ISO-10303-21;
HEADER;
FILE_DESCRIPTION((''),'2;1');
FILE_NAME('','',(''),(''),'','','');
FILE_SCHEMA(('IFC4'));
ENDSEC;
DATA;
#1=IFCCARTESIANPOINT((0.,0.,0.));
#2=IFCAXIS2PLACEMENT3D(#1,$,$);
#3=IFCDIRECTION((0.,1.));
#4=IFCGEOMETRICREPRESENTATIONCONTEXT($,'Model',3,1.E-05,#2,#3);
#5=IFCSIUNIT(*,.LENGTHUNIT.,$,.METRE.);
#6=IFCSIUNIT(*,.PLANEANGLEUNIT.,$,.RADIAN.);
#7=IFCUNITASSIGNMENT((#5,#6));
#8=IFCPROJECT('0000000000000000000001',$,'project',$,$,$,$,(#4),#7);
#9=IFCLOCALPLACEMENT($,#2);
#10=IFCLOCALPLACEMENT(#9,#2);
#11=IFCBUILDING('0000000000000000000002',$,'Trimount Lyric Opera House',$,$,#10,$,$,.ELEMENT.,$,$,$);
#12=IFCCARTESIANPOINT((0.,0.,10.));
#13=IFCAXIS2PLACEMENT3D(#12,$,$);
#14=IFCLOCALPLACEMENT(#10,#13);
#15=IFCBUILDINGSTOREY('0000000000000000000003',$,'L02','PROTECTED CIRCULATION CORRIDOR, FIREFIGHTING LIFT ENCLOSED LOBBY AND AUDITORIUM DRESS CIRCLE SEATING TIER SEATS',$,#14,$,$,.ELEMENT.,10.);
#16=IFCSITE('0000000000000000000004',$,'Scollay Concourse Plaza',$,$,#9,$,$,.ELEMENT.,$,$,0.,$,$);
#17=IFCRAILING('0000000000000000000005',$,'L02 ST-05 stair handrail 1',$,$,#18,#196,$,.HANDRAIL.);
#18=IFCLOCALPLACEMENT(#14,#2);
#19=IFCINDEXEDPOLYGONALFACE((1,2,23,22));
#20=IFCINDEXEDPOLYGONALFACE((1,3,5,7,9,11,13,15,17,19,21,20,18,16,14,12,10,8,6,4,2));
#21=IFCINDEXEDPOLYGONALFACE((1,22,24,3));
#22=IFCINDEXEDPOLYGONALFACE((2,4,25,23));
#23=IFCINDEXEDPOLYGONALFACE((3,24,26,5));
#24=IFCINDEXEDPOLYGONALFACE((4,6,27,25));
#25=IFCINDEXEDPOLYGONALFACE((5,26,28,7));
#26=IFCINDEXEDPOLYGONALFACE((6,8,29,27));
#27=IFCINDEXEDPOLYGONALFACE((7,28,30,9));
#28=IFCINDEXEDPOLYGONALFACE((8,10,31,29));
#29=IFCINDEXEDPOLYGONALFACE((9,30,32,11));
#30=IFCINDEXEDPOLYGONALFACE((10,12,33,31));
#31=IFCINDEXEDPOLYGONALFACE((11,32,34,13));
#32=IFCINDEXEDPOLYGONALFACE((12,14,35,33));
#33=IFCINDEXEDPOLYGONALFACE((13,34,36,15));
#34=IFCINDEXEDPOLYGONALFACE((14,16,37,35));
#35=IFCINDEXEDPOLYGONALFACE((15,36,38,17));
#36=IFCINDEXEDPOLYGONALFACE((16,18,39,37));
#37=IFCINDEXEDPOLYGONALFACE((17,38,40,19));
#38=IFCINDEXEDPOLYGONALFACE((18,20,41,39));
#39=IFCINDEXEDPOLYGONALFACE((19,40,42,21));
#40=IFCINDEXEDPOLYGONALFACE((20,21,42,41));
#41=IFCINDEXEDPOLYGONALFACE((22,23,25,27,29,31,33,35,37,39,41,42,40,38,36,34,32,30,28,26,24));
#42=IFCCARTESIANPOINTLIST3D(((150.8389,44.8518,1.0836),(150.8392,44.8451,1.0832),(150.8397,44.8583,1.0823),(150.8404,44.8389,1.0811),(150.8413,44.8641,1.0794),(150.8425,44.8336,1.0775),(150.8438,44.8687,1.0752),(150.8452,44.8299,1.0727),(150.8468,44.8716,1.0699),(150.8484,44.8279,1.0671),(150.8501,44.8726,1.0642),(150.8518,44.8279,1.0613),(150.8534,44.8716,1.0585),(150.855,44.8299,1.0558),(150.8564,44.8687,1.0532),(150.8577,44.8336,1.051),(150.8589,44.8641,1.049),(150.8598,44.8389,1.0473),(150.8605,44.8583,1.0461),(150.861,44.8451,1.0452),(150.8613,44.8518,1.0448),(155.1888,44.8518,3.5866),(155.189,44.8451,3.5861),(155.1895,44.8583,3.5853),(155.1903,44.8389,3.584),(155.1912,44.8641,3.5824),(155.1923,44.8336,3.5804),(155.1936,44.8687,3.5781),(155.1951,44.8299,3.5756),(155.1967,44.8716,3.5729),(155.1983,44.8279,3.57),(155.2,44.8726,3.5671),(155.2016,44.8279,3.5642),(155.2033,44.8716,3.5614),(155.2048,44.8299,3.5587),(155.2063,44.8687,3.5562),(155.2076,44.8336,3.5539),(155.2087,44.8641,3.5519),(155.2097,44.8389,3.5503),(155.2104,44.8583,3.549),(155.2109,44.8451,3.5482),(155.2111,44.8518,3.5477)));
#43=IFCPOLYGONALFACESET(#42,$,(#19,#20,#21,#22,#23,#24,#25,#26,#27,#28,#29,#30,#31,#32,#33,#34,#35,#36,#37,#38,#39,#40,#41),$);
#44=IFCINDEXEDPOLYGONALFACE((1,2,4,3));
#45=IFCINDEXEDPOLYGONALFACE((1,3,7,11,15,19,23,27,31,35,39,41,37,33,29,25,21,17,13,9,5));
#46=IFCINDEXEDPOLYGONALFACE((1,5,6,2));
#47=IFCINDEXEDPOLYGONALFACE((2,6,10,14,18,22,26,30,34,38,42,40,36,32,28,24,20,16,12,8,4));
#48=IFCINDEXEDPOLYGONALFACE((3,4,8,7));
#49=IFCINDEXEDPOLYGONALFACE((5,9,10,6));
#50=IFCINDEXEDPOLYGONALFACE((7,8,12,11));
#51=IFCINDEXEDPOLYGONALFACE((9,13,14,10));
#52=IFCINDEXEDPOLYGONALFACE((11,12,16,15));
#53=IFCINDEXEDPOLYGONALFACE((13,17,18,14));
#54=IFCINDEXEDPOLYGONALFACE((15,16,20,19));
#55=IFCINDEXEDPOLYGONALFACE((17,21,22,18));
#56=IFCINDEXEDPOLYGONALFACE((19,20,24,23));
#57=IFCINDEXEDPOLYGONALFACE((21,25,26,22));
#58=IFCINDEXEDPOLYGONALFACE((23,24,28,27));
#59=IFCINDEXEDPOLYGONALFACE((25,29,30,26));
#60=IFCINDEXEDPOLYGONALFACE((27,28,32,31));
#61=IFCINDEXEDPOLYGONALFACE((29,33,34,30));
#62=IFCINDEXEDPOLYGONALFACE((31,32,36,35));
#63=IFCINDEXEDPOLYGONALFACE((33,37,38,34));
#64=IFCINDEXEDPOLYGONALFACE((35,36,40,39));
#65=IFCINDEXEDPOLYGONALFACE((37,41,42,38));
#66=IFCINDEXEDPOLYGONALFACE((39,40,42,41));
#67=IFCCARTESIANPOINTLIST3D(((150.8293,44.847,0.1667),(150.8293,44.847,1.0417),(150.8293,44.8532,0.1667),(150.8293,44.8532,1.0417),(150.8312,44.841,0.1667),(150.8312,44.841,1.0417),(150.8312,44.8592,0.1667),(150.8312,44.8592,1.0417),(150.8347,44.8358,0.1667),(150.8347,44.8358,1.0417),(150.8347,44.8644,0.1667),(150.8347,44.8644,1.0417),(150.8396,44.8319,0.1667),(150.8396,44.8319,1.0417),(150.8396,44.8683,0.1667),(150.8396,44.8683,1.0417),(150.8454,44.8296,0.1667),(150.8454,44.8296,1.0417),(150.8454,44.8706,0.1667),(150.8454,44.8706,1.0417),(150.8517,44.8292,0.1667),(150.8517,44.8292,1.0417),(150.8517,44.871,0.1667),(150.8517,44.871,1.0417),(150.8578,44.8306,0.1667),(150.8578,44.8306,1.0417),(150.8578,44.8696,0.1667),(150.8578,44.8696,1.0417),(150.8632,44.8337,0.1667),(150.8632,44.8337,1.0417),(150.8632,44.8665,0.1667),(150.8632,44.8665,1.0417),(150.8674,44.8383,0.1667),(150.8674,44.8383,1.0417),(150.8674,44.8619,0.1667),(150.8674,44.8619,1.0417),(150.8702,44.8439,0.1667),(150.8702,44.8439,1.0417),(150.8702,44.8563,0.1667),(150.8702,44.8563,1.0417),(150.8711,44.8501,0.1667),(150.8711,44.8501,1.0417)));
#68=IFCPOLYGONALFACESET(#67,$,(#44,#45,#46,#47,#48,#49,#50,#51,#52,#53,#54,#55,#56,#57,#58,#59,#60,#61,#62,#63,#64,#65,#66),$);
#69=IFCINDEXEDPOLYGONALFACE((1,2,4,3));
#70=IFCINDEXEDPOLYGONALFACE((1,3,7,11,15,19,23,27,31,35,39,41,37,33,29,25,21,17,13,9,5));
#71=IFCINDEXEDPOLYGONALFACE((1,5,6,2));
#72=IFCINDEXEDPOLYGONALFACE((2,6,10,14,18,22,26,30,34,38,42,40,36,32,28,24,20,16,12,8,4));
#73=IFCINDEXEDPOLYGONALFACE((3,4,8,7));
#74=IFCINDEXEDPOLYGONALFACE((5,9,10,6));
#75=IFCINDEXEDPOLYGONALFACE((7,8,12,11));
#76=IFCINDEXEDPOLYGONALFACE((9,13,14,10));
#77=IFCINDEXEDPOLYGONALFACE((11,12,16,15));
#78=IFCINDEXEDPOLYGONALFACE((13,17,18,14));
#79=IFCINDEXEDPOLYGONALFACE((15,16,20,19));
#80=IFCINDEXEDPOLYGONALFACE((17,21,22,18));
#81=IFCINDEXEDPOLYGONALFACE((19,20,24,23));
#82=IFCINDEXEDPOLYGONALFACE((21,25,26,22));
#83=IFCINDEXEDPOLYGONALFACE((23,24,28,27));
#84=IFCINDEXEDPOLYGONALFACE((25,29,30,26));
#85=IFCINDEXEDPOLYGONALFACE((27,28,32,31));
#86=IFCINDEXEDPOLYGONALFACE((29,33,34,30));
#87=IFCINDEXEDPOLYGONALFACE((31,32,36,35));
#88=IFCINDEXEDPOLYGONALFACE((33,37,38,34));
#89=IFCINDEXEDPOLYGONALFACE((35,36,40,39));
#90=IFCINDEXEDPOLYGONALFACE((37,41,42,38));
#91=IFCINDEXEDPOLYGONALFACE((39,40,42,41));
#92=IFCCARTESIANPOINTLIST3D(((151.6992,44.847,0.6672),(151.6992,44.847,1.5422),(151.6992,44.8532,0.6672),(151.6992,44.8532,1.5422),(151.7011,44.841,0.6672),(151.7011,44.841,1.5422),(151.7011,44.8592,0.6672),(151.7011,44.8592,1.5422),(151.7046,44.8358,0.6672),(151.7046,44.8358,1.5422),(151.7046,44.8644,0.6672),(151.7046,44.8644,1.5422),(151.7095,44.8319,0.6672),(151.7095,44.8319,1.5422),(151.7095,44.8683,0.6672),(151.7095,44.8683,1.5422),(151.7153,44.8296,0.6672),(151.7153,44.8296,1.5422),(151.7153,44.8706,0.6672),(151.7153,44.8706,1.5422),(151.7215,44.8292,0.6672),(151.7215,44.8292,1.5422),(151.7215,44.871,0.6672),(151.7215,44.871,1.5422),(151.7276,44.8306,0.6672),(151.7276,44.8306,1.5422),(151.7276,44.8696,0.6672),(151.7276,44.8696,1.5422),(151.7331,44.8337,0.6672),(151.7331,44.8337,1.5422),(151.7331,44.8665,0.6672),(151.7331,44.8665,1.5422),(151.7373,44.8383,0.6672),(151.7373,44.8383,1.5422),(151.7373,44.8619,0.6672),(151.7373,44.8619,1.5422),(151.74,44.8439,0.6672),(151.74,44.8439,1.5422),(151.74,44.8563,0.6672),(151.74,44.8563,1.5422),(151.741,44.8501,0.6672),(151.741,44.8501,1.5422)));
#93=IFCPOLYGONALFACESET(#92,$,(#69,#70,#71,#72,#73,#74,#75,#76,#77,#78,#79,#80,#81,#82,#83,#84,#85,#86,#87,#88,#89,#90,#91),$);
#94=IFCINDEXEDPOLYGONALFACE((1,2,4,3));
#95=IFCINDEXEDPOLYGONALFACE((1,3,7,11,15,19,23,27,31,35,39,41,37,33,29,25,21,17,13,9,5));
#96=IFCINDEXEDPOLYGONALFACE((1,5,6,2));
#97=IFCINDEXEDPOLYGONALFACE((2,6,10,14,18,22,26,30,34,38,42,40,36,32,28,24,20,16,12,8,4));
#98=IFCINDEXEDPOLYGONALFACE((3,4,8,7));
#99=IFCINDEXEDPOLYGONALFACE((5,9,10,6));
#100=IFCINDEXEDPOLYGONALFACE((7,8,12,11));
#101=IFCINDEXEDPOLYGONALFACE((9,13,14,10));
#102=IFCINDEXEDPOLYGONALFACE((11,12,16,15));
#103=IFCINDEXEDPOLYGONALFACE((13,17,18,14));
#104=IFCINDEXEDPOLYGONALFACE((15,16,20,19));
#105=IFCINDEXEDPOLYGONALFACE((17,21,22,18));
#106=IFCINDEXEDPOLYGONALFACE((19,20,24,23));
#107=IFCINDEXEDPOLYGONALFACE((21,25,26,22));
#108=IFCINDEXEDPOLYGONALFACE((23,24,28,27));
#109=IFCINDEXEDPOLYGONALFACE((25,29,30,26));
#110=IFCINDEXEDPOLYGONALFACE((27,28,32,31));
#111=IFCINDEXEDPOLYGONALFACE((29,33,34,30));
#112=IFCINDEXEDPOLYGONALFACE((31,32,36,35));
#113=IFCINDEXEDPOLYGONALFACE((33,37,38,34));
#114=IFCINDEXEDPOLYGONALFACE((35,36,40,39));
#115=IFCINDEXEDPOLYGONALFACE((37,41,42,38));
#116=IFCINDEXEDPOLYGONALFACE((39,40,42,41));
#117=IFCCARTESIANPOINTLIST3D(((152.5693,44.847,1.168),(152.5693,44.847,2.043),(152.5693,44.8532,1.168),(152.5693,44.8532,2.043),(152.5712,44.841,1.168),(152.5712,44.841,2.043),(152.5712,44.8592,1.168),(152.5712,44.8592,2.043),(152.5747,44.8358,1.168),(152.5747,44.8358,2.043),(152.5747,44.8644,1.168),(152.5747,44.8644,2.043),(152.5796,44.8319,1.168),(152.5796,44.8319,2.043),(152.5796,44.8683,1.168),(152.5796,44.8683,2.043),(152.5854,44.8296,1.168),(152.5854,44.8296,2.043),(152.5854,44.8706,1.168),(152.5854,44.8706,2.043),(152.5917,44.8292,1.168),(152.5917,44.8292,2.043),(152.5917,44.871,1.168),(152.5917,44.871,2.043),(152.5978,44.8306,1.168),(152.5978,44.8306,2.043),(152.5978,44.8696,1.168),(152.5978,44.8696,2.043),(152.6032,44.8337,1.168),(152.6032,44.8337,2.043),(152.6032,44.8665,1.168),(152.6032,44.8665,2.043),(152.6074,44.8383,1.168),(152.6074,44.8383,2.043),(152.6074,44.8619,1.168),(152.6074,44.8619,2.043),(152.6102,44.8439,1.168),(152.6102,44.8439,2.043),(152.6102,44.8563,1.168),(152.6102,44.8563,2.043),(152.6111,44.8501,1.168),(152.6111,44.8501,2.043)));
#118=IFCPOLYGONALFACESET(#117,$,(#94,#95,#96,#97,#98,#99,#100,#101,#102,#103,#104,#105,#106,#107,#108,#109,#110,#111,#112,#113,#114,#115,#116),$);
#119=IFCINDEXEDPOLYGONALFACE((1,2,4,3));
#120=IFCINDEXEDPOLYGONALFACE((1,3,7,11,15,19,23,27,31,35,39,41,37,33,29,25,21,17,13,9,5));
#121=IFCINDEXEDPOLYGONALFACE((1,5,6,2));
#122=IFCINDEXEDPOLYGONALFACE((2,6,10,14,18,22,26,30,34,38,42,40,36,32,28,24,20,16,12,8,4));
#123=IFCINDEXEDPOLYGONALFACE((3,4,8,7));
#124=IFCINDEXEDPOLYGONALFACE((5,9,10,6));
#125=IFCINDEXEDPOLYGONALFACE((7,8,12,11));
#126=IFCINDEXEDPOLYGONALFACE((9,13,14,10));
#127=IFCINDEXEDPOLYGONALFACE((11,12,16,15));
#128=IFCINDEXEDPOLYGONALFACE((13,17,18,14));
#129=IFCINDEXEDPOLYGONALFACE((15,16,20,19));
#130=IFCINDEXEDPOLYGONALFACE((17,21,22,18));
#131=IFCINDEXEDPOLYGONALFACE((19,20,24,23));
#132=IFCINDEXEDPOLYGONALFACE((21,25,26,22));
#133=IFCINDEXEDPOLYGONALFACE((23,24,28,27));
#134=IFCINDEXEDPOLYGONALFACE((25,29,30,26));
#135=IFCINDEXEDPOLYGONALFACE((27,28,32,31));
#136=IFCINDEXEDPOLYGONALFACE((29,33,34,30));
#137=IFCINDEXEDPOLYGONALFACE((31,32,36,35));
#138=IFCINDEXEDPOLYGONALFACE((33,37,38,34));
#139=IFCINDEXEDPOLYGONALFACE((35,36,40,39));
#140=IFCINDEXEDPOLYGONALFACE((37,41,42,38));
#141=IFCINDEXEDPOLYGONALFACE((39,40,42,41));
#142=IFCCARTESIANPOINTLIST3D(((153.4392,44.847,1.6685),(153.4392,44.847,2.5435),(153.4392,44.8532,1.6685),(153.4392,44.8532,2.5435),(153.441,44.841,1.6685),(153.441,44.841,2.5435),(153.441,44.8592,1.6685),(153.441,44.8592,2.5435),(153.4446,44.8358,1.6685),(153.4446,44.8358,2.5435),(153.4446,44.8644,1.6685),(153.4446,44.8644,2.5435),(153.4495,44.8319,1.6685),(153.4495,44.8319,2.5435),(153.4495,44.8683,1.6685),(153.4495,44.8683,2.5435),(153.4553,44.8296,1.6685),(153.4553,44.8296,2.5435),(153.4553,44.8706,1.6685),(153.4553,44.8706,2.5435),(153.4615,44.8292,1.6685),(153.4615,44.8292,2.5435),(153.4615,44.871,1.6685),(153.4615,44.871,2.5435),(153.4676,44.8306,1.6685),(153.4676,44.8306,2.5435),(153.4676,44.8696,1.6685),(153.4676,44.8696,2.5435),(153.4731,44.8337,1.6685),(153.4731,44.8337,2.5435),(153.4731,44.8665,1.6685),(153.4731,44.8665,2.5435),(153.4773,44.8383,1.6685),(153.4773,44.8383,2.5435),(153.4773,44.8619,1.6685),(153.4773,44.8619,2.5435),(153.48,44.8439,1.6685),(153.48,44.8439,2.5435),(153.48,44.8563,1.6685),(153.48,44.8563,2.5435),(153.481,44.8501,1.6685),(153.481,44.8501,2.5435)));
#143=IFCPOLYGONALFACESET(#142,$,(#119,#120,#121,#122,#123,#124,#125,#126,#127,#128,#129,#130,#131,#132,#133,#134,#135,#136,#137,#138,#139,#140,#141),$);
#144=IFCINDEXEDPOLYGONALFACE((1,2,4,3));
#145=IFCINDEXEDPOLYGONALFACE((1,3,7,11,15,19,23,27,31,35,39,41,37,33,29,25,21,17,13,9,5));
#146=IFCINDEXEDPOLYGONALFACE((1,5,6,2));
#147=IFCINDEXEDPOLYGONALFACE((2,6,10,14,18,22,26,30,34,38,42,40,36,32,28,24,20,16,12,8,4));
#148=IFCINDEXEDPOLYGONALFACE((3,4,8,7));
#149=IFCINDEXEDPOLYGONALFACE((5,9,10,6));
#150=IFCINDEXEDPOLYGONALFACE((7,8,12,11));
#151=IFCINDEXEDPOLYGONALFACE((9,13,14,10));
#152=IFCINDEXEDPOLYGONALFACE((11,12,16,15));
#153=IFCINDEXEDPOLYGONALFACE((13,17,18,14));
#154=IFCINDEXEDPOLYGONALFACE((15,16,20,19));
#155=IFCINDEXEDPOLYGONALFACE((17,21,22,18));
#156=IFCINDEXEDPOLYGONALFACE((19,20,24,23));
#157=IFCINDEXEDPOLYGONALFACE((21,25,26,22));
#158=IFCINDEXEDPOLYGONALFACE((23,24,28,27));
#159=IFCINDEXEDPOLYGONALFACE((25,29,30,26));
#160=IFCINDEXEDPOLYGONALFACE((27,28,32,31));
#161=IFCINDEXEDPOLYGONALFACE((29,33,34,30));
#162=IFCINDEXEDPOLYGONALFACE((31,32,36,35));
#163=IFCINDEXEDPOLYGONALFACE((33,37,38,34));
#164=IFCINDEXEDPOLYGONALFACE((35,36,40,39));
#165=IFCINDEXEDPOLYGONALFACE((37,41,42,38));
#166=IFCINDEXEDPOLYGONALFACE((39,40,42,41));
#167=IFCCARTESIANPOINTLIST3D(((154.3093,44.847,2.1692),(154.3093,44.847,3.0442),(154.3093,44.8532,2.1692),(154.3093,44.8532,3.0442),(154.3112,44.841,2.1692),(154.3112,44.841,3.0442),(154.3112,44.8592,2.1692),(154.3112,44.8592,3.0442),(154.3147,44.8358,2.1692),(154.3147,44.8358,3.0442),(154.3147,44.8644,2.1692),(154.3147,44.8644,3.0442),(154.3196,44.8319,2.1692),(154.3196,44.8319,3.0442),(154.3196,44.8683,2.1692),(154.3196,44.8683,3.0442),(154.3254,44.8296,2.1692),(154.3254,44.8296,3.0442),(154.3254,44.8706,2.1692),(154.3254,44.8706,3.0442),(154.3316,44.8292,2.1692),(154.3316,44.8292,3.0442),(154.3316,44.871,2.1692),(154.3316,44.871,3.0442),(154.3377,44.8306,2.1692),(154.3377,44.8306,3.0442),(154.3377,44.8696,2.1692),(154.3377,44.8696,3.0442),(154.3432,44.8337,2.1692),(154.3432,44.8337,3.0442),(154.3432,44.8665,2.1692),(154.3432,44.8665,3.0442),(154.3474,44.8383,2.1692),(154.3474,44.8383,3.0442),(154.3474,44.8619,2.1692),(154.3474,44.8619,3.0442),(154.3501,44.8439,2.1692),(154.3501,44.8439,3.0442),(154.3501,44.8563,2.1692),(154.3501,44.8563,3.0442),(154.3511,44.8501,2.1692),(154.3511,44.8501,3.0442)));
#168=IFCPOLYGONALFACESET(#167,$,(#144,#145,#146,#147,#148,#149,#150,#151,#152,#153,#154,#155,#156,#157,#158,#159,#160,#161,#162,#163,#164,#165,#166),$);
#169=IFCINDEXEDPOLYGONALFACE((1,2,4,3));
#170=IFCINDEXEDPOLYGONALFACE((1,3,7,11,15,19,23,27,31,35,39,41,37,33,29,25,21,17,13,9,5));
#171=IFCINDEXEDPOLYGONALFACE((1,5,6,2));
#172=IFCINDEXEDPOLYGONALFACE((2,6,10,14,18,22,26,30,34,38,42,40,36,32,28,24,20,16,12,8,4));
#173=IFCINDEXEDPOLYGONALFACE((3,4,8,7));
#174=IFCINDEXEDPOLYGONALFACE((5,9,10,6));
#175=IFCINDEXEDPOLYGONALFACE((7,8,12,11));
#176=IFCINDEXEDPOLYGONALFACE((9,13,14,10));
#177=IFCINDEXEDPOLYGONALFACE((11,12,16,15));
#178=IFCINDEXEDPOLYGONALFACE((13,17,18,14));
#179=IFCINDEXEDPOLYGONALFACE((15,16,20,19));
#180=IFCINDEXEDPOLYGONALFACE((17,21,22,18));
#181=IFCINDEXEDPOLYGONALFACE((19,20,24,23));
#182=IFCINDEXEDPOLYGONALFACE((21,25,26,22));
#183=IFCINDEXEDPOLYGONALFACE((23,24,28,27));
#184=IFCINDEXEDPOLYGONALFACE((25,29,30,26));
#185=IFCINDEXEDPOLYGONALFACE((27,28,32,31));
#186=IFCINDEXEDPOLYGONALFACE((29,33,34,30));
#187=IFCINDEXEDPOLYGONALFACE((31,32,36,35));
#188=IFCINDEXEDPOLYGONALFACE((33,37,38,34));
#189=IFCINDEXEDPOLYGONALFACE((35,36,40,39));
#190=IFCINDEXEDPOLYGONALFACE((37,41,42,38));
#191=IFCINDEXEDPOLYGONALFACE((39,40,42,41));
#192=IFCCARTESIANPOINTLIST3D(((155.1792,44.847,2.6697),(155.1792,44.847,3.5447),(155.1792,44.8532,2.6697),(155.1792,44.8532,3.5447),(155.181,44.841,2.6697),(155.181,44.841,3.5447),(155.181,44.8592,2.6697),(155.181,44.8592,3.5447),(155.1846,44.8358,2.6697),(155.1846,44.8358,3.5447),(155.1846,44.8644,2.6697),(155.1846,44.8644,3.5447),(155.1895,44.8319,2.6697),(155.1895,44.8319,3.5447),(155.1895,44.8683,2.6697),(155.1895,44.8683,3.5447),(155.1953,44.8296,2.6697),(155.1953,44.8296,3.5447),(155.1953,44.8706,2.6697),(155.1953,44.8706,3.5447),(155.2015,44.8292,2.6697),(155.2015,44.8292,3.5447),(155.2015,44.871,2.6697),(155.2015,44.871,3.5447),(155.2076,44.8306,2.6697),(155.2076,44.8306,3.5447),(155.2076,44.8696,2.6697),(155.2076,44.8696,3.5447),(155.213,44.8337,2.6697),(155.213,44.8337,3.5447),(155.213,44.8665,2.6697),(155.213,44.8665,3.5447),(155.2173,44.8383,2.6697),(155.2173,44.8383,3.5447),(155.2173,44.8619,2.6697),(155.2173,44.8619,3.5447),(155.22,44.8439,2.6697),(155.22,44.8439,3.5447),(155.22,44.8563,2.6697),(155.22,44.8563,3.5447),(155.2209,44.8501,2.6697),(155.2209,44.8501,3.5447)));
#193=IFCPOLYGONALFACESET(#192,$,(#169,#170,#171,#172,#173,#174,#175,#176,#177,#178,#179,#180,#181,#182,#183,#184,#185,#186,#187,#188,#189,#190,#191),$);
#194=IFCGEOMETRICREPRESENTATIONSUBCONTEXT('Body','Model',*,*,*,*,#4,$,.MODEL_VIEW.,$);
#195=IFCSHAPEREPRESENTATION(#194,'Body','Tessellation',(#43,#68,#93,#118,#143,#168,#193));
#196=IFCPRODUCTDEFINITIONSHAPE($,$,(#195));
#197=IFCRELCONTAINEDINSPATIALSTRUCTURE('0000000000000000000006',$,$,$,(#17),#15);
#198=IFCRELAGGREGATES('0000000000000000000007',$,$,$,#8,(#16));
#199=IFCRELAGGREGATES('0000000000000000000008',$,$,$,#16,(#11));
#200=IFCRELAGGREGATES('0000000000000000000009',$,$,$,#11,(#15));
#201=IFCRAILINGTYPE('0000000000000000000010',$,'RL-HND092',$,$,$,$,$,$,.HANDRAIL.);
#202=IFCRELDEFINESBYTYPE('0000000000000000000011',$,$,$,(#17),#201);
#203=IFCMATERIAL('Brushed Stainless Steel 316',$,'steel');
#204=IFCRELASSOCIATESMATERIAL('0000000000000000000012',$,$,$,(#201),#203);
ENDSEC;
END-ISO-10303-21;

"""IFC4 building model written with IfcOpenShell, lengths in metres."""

from ifc_helpers import new_model, si_unit, direction, frame, origin, origin_2d, place, context, subcontext, project, spatial, circle, extrude, material, type_object, element, save


model = new_model("IFC4")

# Units and contexts
model_context = context("Model", 3, precision=1e-05, world=origin(), true_north=direction((0.0, 1.0)))
body_context = subcontext(model_context, "Body", "Model", "MODEL_VIEW")
ifc_project = project(units=[si_unit("LENGTHUNIT", "METRE"), si_unit("PLANEANGLEUNIT", "RADIAN")], contexts=[model_context])

# Site, building, storey
site_placement = place(None, origin())
site = spatial("IfcSite", under=ifc_project, at=site_placement, Name="Scollay Concourse Plaza", CompositionType="ELEMENT", RefElevation=0.0)
building_placement = place(site_placement, origin())
building = spatial("IfcBuilding", under=site, at=building_placement, Name="Trimount Lyric Opera House", CompositionType="ELEMENT")
storey_placement = place(building_placement, frame((0.0, 0.0, 10.0)))
storey = spatial("IfcBuildingStorey", under=building, at=storey_placement, Name="L02", Description="PROTECTED CIRCULATION CORRIDOR, FIREFIGHTING LIFT ENCLOSED LOBBY AND AUDITORIUM DRESS CIRCLE SEATING TIER SEATS", CompositionType="ELEMENT", Elevation=10.0)

# Railing
ifc_material_1 = material(Name="Brushed Stainless Steel 316", Category="steel")
railing_type_1 = type_object("IfcRailingType", Name="RL-HND092", PredefinedType="HANDRAIL", material=ifc_material_1)
railing_1_placement = place(storey_placement, frame((150.8501, 44.8501, 0.1667)))
element("IfcRailing", 1, at=railing_1_placement, inside=storey, type_object=railing_type_1, Name="L02 ST-05 stair handrail 1", PredefinedType="HANDRAIL", context=body_context, shape_type="SweptSolid", body=[
    extrude(circle(Radius=0.0225, at=origin_2d()), frame((0.0, 0.0, 0.8975), z_axis=(0.866754, 0.0, 0.498735), x_axis=(0.0, 1.0, 0.0)), (0.0, 0.0, 1.0), 5.0186),
    extrude(circle(Radius=0.021, at=origin_2d()), origin(), (0.0, 0.0, 1.0), 0.875),
    extrude(circle(Radius=0.021, at=origin_2d()), frame((0.8699, 0.0, 0.5005)), (0.0, 0.0, 1.0), 0.875),
    extrude(circle(Radius=0.021, at=origin_2d()), frame((1.74, 0.0, 1.0012)), (0.0, 0.0, 1.0), 0.875),
    extrude(circle(Radius=0.021, at=origin_2d()), frame((2.6099, 0.0, 1.5017)), (0.0, 0.0, 1.0), 0.875),
    extrude(circle(Radius=0.021, at=origin_2d()), frame((3.48, 0.0, 2.0024)), (0.0, 0.0, 1.0), 0.875),
    extrude(circle(Radius=0.021, at=origin_2d()), frame((4.3499, 0.0, 2.5029)), (0.0, 0.0, 1.0), 0.875),
])

save(model, "model.ifc")
